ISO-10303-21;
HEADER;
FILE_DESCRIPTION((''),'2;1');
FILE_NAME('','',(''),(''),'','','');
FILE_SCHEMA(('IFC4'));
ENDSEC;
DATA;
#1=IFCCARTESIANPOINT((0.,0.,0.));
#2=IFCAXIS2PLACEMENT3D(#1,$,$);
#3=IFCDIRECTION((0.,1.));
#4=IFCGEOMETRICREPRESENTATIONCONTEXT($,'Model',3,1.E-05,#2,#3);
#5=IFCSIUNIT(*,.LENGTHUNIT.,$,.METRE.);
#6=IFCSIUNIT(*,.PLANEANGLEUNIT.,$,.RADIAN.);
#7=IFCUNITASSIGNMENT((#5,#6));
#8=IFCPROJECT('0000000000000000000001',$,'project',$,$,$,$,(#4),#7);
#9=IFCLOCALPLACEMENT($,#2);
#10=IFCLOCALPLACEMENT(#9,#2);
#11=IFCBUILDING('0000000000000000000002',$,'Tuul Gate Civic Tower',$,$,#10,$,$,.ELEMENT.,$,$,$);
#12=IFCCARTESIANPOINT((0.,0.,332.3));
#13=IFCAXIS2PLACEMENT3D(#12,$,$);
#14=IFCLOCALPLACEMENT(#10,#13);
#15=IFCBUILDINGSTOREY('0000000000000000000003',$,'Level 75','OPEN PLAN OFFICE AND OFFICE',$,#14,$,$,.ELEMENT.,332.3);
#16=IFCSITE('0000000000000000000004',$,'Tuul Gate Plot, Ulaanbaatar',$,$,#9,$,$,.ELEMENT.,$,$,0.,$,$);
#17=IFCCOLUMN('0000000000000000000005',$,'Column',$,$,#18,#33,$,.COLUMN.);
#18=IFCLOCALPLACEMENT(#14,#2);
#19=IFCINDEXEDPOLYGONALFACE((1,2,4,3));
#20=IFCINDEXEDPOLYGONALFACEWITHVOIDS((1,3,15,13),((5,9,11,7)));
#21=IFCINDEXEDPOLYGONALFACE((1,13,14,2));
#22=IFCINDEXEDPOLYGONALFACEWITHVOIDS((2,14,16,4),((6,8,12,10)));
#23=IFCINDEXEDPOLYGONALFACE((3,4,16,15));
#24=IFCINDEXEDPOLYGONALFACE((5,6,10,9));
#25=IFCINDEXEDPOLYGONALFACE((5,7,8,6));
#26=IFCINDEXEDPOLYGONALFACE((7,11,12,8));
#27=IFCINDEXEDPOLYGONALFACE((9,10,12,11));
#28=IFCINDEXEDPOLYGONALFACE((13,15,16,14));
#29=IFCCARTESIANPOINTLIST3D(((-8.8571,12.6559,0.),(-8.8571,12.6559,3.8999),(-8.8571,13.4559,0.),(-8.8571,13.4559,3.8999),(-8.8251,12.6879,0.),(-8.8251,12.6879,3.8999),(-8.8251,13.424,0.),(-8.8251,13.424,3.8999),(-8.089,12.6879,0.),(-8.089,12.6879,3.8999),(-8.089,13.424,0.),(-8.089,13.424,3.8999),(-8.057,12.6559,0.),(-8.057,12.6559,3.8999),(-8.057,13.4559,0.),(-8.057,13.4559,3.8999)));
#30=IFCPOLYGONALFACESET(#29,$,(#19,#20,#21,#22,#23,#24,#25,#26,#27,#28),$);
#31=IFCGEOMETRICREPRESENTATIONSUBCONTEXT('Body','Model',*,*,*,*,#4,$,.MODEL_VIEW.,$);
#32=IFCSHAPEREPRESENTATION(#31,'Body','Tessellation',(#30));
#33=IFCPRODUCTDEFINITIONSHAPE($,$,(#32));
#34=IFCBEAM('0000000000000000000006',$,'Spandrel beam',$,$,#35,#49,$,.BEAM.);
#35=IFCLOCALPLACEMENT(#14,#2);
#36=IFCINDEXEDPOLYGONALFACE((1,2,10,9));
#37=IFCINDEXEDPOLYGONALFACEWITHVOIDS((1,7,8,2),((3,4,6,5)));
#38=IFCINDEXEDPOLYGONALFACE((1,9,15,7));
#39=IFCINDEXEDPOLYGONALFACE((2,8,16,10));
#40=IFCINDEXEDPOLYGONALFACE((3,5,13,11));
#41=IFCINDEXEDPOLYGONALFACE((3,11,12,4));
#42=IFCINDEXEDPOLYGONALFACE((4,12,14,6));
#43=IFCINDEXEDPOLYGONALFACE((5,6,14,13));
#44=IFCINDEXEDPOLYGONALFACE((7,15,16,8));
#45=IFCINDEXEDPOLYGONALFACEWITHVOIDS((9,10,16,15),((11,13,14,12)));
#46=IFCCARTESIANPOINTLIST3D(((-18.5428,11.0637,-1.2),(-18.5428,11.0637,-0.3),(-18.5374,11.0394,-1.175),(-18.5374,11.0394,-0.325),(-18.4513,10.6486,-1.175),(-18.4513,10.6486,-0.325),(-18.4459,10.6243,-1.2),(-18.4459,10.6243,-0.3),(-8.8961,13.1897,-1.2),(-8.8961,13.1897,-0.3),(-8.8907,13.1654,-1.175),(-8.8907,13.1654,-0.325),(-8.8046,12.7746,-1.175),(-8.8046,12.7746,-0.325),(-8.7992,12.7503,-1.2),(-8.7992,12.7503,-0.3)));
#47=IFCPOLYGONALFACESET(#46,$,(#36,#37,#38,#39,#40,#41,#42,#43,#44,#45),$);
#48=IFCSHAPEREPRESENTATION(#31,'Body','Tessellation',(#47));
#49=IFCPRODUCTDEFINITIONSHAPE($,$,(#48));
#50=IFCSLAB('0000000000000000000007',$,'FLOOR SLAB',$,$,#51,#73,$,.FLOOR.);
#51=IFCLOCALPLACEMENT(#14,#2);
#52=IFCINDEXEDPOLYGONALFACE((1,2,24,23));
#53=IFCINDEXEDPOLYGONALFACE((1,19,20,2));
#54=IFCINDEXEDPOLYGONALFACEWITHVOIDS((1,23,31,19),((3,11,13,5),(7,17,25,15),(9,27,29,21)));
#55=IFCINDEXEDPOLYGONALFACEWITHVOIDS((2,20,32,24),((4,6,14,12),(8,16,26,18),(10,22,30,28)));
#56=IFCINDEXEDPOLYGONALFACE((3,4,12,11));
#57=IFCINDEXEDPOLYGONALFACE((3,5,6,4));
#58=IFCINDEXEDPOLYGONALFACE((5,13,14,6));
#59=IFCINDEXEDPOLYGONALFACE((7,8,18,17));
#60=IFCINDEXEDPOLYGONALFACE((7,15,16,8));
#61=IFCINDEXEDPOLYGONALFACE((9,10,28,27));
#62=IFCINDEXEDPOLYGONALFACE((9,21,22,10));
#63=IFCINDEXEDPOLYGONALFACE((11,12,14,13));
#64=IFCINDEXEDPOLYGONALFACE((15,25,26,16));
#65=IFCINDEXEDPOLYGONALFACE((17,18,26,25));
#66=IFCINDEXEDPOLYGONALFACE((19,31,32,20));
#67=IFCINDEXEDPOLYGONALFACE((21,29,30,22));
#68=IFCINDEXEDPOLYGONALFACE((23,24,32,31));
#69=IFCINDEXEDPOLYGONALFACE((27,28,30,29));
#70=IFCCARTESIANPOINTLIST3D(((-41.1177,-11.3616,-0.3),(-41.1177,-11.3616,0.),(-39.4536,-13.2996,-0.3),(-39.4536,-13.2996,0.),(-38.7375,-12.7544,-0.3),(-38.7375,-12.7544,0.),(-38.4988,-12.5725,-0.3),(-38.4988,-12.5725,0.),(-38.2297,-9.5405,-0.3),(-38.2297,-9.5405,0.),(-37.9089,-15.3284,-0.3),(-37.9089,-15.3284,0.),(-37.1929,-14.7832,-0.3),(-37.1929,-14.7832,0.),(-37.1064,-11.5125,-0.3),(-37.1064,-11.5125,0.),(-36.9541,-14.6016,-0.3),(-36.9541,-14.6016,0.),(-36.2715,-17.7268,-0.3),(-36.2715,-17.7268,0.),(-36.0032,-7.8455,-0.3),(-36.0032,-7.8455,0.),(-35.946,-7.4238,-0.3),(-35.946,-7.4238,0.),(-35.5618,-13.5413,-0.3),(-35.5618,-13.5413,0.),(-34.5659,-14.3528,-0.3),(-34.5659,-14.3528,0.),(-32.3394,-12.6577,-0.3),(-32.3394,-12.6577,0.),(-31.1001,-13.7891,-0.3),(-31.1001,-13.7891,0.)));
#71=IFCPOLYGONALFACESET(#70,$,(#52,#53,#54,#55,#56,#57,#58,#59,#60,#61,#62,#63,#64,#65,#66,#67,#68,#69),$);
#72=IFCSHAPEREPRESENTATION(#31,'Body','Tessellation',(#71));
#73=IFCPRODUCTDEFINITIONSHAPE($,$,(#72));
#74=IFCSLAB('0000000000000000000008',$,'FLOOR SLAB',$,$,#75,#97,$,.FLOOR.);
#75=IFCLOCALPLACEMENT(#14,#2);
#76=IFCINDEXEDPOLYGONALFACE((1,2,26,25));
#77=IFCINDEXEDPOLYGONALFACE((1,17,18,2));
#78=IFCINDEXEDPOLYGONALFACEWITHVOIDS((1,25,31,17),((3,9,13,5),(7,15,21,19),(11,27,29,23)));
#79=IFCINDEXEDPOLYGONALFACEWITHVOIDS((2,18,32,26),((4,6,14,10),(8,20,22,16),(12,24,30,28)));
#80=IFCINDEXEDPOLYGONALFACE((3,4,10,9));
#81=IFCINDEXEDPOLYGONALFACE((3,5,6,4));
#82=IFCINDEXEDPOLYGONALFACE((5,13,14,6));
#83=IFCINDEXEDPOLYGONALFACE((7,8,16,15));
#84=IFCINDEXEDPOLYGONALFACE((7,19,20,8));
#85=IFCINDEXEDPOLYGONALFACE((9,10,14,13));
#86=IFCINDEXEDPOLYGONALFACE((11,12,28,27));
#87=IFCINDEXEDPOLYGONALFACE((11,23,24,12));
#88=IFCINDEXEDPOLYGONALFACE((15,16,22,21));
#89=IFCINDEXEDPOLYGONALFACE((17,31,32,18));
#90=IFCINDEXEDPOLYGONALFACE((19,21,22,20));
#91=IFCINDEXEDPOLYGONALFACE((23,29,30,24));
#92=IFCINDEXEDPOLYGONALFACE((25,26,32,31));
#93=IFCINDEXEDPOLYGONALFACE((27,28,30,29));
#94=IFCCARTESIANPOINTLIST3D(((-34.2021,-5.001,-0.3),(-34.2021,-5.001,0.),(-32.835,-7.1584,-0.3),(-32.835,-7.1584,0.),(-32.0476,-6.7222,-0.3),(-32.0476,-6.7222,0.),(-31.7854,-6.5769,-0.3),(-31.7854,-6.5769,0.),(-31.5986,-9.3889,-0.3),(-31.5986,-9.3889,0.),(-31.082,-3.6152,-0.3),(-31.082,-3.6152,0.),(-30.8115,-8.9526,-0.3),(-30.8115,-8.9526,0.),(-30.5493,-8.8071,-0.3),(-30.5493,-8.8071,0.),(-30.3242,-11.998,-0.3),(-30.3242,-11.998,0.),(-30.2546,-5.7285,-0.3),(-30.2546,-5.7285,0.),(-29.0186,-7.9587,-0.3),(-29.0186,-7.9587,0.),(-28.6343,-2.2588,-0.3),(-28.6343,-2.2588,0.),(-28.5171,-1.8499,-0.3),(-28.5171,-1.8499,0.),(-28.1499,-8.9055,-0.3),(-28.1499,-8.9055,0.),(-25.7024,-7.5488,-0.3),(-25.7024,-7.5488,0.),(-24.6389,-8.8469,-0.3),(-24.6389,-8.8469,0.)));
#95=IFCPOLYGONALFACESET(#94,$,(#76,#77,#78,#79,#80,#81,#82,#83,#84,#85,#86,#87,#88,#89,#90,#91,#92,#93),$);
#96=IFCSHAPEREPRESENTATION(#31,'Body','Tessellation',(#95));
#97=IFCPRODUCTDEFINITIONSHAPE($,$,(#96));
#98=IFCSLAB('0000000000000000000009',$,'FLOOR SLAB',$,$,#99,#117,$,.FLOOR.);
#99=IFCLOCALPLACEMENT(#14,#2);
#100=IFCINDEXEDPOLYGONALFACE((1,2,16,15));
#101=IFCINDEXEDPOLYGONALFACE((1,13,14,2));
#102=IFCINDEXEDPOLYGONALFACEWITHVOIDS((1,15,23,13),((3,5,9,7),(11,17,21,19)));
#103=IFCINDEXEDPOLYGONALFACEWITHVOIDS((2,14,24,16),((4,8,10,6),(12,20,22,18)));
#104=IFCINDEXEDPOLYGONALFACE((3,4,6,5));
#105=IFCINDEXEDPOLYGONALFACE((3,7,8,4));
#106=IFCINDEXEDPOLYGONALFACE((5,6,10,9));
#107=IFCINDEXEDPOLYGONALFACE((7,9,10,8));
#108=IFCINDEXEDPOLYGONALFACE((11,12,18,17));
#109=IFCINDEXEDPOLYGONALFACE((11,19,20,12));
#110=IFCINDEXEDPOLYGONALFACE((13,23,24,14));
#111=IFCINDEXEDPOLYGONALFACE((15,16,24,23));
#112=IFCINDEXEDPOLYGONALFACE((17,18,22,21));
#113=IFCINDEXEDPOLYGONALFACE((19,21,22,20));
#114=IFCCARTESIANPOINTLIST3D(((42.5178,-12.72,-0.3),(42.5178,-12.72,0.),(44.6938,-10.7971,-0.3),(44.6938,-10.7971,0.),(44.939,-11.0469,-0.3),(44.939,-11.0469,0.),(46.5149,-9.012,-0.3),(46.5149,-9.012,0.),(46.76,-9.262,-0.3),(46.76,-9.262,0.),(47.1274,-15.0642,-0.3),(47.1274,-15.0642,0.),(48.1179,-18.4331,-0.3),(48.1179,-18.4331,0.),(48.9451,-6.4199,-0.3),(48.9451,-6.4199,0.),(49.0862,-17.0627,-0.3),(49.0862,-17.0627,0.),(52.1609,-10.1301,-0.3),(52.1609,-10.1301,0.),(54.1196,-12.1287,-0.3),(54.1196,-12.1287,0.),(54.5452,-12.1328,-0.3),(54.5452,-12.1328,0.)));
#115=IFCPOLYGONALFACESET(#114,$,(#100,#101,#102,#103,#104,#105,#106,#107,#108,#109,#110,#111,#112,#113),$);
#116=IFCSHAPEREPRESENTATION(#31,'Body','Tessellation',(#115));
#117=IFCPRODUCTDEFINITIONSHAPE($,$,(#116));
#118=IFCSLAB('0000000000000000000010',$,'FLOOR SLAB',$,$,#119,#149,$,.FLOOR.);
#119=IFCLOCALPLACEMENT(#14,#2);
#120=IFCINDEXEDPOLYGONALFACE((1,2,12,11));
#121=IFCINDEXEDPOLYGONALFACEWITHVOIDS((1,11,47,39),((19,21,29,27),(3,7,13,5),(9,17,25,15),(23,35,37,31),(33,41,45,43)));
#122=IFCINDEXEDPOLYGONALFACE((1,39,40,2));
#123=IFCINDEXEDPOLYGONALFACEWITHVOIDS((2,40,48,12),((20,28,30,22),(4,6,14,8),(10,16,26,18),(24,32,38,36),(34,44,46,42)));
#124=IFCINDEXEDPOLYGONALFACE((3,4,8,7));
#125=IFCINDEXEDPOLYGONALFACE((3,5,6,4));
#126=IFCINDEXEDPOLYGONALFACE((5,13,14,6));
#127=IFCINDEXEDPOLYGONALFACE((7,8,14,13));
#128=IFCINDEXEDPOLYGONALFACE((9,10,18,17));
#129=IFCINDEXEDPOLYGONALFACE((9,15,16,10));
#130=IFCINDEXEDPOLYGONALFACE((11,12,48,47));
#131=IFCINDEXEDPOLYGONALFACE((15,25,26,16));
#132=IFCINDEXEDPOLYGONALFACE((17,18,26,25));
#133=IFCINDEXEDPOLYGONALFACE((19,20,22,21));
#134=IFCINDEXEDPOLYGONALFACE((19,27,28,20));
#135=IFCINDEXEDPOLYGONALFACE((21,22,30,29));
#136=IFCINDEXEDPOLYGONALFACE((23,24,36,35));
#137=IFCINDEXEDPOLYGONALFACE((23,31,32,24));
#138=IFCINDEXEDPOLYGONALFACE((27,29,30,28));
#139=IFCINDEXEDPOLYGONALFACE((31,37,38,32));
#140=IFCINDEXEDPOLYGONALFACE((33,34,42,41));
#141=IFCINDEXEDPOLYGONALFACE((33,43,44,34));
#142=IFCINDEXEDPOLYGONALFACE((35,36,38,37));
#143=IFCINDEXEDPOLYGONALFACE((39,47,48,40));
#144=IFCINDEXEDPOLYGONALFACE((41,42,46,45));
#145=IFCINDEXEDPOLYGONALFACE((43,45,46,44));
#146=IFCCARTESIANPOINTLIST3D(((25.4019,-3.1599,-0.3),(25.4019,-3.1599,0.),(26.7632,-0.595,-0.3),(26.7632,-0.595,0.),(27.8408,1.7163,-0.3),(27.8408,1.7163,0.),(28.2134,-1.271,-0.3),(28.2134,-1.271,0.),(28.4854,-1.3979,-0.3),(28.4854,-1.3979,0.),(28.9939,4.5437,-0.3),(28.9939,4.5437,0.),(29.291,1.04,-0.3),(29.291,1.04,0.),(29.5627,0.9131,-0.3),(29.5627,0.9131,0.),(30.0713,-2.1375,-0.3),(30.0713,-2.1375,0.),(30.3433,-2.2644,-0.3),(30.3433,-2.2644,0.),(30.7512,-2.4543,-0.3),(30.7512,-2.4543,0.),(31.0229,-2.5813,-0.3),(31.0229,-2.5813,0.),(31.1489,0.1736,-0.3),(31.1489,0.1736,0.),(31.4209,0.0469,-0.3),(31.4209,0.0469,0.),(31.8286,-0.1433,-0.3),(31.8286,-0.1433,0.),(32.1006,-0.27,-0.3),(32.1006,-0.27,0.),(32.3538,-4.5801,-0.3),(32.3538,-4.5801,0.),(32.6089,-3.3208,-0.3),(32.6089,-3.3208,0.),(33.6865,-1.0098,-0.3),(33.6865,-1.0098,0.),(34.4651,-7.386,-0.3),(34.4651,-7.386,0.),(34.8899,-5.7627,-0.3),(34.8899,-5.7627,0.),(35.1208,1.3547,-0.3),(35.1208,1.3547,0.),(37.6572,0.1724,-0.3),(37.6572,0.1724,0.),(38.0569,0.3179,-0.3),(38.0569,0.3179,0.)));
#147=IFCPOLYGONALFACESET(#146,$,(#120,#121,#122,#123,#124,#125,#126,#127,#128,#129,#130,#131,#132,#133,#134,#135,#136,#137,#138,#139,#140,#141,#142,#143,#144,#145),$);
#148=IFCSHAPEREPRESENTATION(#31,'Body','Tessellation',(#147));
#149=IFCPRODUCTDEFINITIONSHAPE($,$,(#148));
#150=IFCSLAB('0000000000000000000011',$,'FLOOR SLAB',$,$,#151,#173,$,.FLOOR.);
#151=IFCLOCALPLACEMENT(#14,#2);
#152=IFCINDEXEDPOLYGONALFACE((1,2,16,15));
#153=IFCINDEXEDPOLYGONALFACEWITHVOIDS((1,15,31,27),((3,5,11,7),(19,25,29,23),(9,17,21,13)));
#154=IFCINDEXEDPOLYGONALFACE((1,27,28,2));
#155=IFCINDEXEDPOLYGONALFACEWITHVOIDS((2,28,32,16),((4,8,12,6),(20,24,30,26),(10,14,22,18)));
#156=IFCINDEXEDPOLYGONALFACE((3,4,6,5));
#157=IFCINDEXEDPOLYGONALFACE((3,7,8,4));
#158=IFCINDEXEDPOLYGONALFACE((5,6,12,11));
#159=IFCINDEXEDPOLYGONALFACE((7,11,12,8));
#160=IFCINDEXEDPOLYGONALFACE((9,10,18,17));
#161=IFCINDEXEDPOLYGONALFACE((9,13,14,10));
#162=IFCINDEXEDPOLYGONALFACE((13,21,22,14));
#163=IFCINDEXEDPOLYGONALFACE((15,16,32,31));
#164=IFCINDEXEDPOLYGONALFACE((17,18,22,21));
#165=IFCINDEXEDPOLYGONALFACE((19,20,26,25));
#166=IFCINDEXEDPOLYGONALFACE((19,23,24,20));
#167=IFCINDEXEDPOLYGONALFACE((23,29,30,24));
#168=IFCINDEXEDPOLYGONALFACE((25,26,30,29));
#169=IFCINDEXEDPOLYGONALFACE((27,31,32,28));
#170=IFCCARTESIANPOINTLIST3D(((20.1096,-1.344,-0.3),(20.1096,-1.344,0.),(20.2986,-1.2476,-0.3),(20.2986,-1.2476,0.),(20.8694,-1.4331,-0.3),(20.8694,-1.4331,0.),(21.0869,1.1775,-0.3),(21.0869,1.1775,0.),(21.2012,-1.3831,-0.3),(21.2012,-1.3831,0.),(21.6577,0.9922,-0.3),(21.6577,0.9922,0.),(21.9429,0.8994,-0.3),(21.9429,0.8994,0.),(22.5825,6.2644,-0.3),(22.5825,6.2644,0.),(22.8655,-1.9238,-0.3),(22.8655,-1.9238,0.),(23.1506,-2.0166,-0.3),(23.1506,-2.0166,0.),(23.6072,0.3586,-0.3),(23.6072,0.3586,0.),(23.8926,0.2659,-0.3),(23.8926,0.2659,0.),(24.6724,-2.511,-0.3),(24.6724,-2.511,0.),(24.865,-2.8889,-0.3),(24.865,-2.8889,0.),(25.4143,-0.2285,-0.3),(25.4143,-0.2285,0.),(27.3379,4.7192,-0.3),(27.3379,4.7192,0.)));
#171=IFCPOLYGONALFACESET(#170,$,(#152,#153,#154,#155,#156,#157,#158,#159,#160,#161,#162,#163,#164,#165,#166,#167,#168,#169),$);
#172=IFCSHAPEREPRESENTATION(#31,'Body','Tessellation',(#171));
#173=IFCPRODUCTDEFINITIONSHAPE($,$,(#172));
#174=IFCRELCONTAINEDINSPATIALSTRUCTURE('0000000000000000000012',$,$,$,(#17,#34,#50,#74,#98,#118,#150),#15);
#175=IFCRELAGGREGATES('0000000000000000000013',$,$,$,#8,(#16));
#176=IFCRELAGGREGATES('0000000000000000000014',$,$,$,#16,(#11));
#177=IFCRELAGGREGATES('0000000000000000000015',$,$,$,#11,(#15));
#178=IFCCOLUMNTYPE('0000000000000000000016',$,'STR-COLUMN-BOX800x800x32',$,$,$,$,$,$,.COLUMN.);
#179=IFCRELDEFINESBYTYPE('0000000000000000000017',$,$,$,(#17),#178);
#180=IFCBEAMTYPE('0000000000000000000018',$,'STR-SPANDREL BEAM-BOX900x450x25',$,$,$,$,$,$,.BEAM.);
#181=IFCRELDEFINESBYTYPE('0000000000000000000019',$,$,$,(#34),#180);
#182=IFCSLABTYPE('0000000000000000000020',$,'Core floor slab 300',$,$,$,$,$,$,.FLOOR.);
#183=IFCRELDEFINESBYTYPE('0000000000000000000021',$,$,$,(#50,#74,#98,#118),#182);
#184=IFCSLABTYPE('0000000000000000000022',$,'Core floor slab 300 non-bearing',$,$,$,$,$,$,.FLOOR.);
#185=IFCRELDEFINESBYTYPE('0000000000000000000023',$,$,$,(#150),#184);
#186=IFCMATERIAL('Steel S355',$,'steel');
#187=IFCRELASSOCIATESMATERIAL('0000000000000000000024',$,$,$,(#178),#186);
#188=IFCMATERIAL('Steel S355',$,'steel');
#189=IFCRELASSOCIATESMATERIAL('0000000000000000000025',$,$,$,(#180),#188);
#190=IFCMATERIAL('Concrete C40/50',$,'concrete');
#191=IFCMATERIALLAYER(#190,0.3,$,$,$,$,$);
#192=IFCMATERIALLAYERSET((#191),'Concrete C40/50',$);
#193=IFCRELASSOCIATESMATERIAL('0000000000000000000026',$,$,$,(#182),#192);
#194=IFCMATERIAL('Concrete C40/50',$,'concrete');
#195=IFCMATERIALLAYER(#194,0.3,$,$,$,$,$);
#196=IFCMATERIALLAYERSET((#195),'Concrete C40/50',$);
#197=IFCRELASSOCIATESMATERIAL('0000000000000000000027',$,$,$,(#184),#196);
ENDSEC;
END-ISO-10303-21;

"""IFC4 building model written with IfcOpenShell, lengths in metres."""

from ifc_helpers import new_model, si_unit, direction, frame, origin, origin_2d, place, context, subcontext, project, spatial, polyline, hollow_rectangle, outline, extrude, material, layer, layer_set, material_profile, profile_set, type_object, element, save


model = new_model("IFC4")

# Units and contexts
model_context = context("Model", 3, precision=1e-05, world=origin(), true_north=direction((0.0, 1.0)))
body_context = subcontext(model_context, "Body", "Model", "MODEL_VIEW")
ifc_project = project(units=[si_unit("LENGTHUNIT", "METRE"), si_unit("PLANEANGLEUNIT", "RADIAN")], contexts=[model_context])

# Site, building, storey
site_placement = place(None, origin())
site = spatial("IfcSite", under=ifc_project, at=site_placement, Name="Tuul Gate Plot, Ulaanbaatar", CompositionType="ELEMENT", RefElevation=0.0)
building_placement = place(site_placement, origin())
building = spatial("IfcBuilding", under=site, at=building_placement, Name="Tuul Gate Civic Tower", CompositionType="ELEMENT")
storey_placement = place(building_placement, frame((0.0, 0.0, 332.3)))
storey = spatial("IfcBuildingStorey", under=building, at=storey_placement, Name="Level 75", Description="OPEN PLAN OFFICE AND OFFICE", CompositionType="ELEMENT", Elevation=332.3)

# Column
ifc_material_1 = material(Name="Steel S355", Category="steel")
ifc_material_profile_1 = material_profile(ifc_material_1, hollow_rectangle(XDim=0.8, YDim=0.8, WallThickness=0.032, at=origin_2d()), Name="BOX800x800x32")
ifc_profile_set_1 = profile_set([ifc_material_profile_1], Name="Steel S355")
column_type = type_object("IfcColumnType", Name="STR-COLUMN-BOX800x800x32", PredefinedType="COLUMN", material=ifc_profile_set_1)
column_placement = place(storey_placement, frame((-8.457, 13.0559, 0.0), z_axis=(0.0, 0.0, 1.0), x_axis=(1.0, 0.0, 0.0)))
element("IfcColumn", 1, at=column_placement, inside=storey, type_object=column_type, Name="Column", PredefinedType="COLUMN", context=body_context, shape_type="SweptSolid", body=[
    extrude(hollow_rectangle(XDim=0.8, YDim=0.8, WallThickness=0.032, at=origin_2d()), origin(), (0.0, 0.0, 1.0), 3.8999),
])

# Beam
ifc_material_2 = material(Name="Steel S355", Category="steel")
ifc_material_profile_2 = material_profile(ifc_material_2, hollow_rectangle(XDim=0.45, YDim=0.8999, WallThickness=0.0249, at=origin_2d()), Name="BOX900x450x25")
ifc_profile_set_2 = profile_set([ifc_material_profile_2], Name="Steel S355")
beam_type = type_object("IfcBeamType", Name="STR-SPANDREL BEAM-BOX900x450x25", PredefinedType="BEAM", material=ifc_profile_set_2)
beam_placement = place(storey_placement, frame((-8.8477, 12.97, -0.75), z_axis=(-0.976566, -0.215219, 0.0), x_axis=(0.215219, -0.976566, 0.0)))
element("IfcBeam", 2, at=beam_placement, inside=storey, type_object=beam_type, Name="Spandrel beam", PredefinedType="BEAM", context=body_context, shape_type="SweptSolid", body=[
    extrude(hollow_rectangle(XDim=0.45, YDim=0.8999, WallThickness=0.0249, at=origin_2d()), origin(), (0.0, 0.0, 1.0), 9.8782),
])

# Slabs
ifc_material_3 = material(Name="Concrete C40/50", Category="concrete")
ifc_layer_1 = layer(ifc_material_3, 0.3)
ifc_layer_set_1 = layer_set([ifc_layer_1], Name="Concrete C40/50")
slab_type_1 = type_object("IfcSlabType", Name="Core floor slab 300", PredefinedType="FLOOR", material=ifc_layer_set_1)
slab_1_placement = place(storey_placement, frame((0.0, 0.0, -0.3)))
element("IfcSlab", 3, at=slab_1_placement, inside=storey, type_object=slab_type_1, Name="FLOOR SLAB", PredefinedType="FLOOR", context=body_context, shape_type="SweptSolid", body=[
    extrude(outline(polyline([(-31.1001, -13.7891), (-35.946, -7.4238), (-41.1177, -11.3616), (-36.2715, -17.7268), (-31.1001, -13.7891)]), holes=[polyline([(-35.5618, -13.5413), (-37.1064, -11.5125), (-38.4988, -12.5725), (-36.9541, -14.6016), (-35.5618, -13.5413)]), polyline([(-37.1929, -14.7832), (-38.7375, -12.7544), (-39.4536, -13.2996), (-37.9089, -15.3284), (-37.1929, -14.7832)]), polyline([(-32.3394, -12.6577), (-34.5659, -14.3528), (-38.2297, -9.5405), (-36.0032, -7.8455), (-32.3394, -12.6577)])]), origin(), (0.0, 0.0, 1.0), 0.3),
])
slab_2_placement = place(storey_placement, frame((0.0, 0.0, -0.3)))
element("IfcSlab", 4, at=slab_2_placement, inside=storey, type_object=slab_type_1, Name="FLOOR SLAB", PredefinedType="FLOOR", context=body_context, shape_type="SweptSolid", body=[
    extrude(outline(polyline([(-24.6389, -8.8469), (-28.5171, -1.8499), (-34.2021, -5.001), (-30.3242, -11.998), (-24.6389, -8.8469)]), holes=[polyline([(-29.0186, -7.9587), (-30.2546, -5.7285), (-31.7854, -6.5769), (-30.5493, -8.8071), (-29.0186, -7.9587)]), polyline([(-30.8115, -8.9526), (-32.0476, -6.7222), (-32.835, -7.1584), (-31.5986, -9.3889), (-30.8115, -8.9526)]), polyline([(-25.7024, -7.5488), (-28.1499, -8.9055), (-31.082, -3.6152), (-28.6343, -2.2588), (-25.7024, -7.5488)])]), origin(), (0.0, 0.0, 1.0), 0.3),
])
slab_3_placement = place(storey_placement, frame((0.0, 0.0, -0.3)))
element("IfcSlab", 5, at=slab_3_placement, inside=storey, type_object=slab_type_1, Name="FLOOR SLAB", PredefinedType="FLOOR", context=body_context, shape_type="SweptSolid", body=[
    extrude(outline(polyline([(48.1179, -18.4331), (54.5452, -12.1328), (48.9451, -6.4199), (42.5178, -12.72), (48.1179, -18.4331)]), holes=[polyline([(44.939, -11.0469), (46.76, -9.262), (46.5149, -9.012), (44.6938, -10.7971), (44.939, -11.0469)]), polyline([(49.0862, -17.0627), (47.1274, -15.0642), (52.1609, -10.1301), (54.1196, -12.1287), (49.0862, -17.0627)])]), origin(), (0.0, 0.0, 1.0), 0.3),
])
slab_4_placement = place(storey_placement, frame((0.0, 0.0, -0.3)))
element("IfcSlab", 6, at=slab_4_placement, inside=storey, type_object=slab_type_1, Name="FLOOR SLAB", PredefinedType="FLOOR", context=body_context, shape_type="SweptSolid", body=[
    extrude(outline(polyline([(34.4651, -7.386), (38.0569, 0.3179), (28.9939, 4.5437), (25.4019, -3.1599), (34.4651, -7.386)]), holes=[polyline([(32.6089, -3.3208), (33.6865, -1.0098), (32.1006, -0.27), (31.0229, -2.5813), (32.6089, -3.3208)]), polyline([(30.0713, -2.1375), (31.1489, 0.1736), (29.5627, 0.9131), (28.4854, -1.3979), (30.0713, -2.1375)]), polyline([(30.7512, -2.4543), (31.8286, -0.1433), (31.4209, 0.0469), (30.3433, -2.2644), (30.7512, -2.4543)]), polyline([(28.2134, -1.271), (29.291, 1.04), (27.8408, 1.7163), (26.7632, -0.595), (28.2134, -1.271)]), polyline([(34.8899, -5.7627), (32.3538, -4.5801), (35.1208, 1.3547), (37.6572, 0.1724), (34.8899, -5.7627)])]), origin(), (0.0, 0.0, 1.0), 0.3),
])
ifc_material_4 = material(Name="Concrete C40/50", Category="concrete")
ifc_layer_2 = layer(ifc_material_4, 0.3)
ifc_layer_set_2 = layer_set([ifc_layer_2], Name="Concrete C40/50")
slab_type_2 = type_object("IfcSlabType", Name="Core floor slab 300 non-bearing", PredefinedType="FLOOR", material=ifc_layer_set_2)
slab_5_placement = place(storey_placement, frame((0.0, 0.0, -0.3)))
element("IfcSlab", 7, at=slab_5_placement, inside=storey, type_object=slab_type_2, Name="FLOOR SLAB", PredefinedType="FLOOR", context=body_context, shape_type="SweptSolid", body=[
    extrude(outline(polyline([(24.865, -2.8889), (27.3379, 4.7192), (22.5825, 6.2644), (20.1096, -1.344), (24.865, -2.8889)]), holes=[polyline([(24.6724, -2.511), (25.4143, -0.2285), (23.8926, 0.2659), (23.1506, -2.0166), (24.6724, -2.511)]), polyline([(22.8655, -1.9238), (23.6072, 0.3586), (21.9429, 0.8994), (21.2012, -1.3831), (22.8655, -1.9238)]), polyline([(20.8694, -1.4331), (21.6577, 0.9922), (21.0869, 1.1775), (20.2986, -1.2476), (20.8694, -1.4331)])]), origin(), (0.0, 0.0, 1.0), 0.3),
])

save(model, "model.ifc")
